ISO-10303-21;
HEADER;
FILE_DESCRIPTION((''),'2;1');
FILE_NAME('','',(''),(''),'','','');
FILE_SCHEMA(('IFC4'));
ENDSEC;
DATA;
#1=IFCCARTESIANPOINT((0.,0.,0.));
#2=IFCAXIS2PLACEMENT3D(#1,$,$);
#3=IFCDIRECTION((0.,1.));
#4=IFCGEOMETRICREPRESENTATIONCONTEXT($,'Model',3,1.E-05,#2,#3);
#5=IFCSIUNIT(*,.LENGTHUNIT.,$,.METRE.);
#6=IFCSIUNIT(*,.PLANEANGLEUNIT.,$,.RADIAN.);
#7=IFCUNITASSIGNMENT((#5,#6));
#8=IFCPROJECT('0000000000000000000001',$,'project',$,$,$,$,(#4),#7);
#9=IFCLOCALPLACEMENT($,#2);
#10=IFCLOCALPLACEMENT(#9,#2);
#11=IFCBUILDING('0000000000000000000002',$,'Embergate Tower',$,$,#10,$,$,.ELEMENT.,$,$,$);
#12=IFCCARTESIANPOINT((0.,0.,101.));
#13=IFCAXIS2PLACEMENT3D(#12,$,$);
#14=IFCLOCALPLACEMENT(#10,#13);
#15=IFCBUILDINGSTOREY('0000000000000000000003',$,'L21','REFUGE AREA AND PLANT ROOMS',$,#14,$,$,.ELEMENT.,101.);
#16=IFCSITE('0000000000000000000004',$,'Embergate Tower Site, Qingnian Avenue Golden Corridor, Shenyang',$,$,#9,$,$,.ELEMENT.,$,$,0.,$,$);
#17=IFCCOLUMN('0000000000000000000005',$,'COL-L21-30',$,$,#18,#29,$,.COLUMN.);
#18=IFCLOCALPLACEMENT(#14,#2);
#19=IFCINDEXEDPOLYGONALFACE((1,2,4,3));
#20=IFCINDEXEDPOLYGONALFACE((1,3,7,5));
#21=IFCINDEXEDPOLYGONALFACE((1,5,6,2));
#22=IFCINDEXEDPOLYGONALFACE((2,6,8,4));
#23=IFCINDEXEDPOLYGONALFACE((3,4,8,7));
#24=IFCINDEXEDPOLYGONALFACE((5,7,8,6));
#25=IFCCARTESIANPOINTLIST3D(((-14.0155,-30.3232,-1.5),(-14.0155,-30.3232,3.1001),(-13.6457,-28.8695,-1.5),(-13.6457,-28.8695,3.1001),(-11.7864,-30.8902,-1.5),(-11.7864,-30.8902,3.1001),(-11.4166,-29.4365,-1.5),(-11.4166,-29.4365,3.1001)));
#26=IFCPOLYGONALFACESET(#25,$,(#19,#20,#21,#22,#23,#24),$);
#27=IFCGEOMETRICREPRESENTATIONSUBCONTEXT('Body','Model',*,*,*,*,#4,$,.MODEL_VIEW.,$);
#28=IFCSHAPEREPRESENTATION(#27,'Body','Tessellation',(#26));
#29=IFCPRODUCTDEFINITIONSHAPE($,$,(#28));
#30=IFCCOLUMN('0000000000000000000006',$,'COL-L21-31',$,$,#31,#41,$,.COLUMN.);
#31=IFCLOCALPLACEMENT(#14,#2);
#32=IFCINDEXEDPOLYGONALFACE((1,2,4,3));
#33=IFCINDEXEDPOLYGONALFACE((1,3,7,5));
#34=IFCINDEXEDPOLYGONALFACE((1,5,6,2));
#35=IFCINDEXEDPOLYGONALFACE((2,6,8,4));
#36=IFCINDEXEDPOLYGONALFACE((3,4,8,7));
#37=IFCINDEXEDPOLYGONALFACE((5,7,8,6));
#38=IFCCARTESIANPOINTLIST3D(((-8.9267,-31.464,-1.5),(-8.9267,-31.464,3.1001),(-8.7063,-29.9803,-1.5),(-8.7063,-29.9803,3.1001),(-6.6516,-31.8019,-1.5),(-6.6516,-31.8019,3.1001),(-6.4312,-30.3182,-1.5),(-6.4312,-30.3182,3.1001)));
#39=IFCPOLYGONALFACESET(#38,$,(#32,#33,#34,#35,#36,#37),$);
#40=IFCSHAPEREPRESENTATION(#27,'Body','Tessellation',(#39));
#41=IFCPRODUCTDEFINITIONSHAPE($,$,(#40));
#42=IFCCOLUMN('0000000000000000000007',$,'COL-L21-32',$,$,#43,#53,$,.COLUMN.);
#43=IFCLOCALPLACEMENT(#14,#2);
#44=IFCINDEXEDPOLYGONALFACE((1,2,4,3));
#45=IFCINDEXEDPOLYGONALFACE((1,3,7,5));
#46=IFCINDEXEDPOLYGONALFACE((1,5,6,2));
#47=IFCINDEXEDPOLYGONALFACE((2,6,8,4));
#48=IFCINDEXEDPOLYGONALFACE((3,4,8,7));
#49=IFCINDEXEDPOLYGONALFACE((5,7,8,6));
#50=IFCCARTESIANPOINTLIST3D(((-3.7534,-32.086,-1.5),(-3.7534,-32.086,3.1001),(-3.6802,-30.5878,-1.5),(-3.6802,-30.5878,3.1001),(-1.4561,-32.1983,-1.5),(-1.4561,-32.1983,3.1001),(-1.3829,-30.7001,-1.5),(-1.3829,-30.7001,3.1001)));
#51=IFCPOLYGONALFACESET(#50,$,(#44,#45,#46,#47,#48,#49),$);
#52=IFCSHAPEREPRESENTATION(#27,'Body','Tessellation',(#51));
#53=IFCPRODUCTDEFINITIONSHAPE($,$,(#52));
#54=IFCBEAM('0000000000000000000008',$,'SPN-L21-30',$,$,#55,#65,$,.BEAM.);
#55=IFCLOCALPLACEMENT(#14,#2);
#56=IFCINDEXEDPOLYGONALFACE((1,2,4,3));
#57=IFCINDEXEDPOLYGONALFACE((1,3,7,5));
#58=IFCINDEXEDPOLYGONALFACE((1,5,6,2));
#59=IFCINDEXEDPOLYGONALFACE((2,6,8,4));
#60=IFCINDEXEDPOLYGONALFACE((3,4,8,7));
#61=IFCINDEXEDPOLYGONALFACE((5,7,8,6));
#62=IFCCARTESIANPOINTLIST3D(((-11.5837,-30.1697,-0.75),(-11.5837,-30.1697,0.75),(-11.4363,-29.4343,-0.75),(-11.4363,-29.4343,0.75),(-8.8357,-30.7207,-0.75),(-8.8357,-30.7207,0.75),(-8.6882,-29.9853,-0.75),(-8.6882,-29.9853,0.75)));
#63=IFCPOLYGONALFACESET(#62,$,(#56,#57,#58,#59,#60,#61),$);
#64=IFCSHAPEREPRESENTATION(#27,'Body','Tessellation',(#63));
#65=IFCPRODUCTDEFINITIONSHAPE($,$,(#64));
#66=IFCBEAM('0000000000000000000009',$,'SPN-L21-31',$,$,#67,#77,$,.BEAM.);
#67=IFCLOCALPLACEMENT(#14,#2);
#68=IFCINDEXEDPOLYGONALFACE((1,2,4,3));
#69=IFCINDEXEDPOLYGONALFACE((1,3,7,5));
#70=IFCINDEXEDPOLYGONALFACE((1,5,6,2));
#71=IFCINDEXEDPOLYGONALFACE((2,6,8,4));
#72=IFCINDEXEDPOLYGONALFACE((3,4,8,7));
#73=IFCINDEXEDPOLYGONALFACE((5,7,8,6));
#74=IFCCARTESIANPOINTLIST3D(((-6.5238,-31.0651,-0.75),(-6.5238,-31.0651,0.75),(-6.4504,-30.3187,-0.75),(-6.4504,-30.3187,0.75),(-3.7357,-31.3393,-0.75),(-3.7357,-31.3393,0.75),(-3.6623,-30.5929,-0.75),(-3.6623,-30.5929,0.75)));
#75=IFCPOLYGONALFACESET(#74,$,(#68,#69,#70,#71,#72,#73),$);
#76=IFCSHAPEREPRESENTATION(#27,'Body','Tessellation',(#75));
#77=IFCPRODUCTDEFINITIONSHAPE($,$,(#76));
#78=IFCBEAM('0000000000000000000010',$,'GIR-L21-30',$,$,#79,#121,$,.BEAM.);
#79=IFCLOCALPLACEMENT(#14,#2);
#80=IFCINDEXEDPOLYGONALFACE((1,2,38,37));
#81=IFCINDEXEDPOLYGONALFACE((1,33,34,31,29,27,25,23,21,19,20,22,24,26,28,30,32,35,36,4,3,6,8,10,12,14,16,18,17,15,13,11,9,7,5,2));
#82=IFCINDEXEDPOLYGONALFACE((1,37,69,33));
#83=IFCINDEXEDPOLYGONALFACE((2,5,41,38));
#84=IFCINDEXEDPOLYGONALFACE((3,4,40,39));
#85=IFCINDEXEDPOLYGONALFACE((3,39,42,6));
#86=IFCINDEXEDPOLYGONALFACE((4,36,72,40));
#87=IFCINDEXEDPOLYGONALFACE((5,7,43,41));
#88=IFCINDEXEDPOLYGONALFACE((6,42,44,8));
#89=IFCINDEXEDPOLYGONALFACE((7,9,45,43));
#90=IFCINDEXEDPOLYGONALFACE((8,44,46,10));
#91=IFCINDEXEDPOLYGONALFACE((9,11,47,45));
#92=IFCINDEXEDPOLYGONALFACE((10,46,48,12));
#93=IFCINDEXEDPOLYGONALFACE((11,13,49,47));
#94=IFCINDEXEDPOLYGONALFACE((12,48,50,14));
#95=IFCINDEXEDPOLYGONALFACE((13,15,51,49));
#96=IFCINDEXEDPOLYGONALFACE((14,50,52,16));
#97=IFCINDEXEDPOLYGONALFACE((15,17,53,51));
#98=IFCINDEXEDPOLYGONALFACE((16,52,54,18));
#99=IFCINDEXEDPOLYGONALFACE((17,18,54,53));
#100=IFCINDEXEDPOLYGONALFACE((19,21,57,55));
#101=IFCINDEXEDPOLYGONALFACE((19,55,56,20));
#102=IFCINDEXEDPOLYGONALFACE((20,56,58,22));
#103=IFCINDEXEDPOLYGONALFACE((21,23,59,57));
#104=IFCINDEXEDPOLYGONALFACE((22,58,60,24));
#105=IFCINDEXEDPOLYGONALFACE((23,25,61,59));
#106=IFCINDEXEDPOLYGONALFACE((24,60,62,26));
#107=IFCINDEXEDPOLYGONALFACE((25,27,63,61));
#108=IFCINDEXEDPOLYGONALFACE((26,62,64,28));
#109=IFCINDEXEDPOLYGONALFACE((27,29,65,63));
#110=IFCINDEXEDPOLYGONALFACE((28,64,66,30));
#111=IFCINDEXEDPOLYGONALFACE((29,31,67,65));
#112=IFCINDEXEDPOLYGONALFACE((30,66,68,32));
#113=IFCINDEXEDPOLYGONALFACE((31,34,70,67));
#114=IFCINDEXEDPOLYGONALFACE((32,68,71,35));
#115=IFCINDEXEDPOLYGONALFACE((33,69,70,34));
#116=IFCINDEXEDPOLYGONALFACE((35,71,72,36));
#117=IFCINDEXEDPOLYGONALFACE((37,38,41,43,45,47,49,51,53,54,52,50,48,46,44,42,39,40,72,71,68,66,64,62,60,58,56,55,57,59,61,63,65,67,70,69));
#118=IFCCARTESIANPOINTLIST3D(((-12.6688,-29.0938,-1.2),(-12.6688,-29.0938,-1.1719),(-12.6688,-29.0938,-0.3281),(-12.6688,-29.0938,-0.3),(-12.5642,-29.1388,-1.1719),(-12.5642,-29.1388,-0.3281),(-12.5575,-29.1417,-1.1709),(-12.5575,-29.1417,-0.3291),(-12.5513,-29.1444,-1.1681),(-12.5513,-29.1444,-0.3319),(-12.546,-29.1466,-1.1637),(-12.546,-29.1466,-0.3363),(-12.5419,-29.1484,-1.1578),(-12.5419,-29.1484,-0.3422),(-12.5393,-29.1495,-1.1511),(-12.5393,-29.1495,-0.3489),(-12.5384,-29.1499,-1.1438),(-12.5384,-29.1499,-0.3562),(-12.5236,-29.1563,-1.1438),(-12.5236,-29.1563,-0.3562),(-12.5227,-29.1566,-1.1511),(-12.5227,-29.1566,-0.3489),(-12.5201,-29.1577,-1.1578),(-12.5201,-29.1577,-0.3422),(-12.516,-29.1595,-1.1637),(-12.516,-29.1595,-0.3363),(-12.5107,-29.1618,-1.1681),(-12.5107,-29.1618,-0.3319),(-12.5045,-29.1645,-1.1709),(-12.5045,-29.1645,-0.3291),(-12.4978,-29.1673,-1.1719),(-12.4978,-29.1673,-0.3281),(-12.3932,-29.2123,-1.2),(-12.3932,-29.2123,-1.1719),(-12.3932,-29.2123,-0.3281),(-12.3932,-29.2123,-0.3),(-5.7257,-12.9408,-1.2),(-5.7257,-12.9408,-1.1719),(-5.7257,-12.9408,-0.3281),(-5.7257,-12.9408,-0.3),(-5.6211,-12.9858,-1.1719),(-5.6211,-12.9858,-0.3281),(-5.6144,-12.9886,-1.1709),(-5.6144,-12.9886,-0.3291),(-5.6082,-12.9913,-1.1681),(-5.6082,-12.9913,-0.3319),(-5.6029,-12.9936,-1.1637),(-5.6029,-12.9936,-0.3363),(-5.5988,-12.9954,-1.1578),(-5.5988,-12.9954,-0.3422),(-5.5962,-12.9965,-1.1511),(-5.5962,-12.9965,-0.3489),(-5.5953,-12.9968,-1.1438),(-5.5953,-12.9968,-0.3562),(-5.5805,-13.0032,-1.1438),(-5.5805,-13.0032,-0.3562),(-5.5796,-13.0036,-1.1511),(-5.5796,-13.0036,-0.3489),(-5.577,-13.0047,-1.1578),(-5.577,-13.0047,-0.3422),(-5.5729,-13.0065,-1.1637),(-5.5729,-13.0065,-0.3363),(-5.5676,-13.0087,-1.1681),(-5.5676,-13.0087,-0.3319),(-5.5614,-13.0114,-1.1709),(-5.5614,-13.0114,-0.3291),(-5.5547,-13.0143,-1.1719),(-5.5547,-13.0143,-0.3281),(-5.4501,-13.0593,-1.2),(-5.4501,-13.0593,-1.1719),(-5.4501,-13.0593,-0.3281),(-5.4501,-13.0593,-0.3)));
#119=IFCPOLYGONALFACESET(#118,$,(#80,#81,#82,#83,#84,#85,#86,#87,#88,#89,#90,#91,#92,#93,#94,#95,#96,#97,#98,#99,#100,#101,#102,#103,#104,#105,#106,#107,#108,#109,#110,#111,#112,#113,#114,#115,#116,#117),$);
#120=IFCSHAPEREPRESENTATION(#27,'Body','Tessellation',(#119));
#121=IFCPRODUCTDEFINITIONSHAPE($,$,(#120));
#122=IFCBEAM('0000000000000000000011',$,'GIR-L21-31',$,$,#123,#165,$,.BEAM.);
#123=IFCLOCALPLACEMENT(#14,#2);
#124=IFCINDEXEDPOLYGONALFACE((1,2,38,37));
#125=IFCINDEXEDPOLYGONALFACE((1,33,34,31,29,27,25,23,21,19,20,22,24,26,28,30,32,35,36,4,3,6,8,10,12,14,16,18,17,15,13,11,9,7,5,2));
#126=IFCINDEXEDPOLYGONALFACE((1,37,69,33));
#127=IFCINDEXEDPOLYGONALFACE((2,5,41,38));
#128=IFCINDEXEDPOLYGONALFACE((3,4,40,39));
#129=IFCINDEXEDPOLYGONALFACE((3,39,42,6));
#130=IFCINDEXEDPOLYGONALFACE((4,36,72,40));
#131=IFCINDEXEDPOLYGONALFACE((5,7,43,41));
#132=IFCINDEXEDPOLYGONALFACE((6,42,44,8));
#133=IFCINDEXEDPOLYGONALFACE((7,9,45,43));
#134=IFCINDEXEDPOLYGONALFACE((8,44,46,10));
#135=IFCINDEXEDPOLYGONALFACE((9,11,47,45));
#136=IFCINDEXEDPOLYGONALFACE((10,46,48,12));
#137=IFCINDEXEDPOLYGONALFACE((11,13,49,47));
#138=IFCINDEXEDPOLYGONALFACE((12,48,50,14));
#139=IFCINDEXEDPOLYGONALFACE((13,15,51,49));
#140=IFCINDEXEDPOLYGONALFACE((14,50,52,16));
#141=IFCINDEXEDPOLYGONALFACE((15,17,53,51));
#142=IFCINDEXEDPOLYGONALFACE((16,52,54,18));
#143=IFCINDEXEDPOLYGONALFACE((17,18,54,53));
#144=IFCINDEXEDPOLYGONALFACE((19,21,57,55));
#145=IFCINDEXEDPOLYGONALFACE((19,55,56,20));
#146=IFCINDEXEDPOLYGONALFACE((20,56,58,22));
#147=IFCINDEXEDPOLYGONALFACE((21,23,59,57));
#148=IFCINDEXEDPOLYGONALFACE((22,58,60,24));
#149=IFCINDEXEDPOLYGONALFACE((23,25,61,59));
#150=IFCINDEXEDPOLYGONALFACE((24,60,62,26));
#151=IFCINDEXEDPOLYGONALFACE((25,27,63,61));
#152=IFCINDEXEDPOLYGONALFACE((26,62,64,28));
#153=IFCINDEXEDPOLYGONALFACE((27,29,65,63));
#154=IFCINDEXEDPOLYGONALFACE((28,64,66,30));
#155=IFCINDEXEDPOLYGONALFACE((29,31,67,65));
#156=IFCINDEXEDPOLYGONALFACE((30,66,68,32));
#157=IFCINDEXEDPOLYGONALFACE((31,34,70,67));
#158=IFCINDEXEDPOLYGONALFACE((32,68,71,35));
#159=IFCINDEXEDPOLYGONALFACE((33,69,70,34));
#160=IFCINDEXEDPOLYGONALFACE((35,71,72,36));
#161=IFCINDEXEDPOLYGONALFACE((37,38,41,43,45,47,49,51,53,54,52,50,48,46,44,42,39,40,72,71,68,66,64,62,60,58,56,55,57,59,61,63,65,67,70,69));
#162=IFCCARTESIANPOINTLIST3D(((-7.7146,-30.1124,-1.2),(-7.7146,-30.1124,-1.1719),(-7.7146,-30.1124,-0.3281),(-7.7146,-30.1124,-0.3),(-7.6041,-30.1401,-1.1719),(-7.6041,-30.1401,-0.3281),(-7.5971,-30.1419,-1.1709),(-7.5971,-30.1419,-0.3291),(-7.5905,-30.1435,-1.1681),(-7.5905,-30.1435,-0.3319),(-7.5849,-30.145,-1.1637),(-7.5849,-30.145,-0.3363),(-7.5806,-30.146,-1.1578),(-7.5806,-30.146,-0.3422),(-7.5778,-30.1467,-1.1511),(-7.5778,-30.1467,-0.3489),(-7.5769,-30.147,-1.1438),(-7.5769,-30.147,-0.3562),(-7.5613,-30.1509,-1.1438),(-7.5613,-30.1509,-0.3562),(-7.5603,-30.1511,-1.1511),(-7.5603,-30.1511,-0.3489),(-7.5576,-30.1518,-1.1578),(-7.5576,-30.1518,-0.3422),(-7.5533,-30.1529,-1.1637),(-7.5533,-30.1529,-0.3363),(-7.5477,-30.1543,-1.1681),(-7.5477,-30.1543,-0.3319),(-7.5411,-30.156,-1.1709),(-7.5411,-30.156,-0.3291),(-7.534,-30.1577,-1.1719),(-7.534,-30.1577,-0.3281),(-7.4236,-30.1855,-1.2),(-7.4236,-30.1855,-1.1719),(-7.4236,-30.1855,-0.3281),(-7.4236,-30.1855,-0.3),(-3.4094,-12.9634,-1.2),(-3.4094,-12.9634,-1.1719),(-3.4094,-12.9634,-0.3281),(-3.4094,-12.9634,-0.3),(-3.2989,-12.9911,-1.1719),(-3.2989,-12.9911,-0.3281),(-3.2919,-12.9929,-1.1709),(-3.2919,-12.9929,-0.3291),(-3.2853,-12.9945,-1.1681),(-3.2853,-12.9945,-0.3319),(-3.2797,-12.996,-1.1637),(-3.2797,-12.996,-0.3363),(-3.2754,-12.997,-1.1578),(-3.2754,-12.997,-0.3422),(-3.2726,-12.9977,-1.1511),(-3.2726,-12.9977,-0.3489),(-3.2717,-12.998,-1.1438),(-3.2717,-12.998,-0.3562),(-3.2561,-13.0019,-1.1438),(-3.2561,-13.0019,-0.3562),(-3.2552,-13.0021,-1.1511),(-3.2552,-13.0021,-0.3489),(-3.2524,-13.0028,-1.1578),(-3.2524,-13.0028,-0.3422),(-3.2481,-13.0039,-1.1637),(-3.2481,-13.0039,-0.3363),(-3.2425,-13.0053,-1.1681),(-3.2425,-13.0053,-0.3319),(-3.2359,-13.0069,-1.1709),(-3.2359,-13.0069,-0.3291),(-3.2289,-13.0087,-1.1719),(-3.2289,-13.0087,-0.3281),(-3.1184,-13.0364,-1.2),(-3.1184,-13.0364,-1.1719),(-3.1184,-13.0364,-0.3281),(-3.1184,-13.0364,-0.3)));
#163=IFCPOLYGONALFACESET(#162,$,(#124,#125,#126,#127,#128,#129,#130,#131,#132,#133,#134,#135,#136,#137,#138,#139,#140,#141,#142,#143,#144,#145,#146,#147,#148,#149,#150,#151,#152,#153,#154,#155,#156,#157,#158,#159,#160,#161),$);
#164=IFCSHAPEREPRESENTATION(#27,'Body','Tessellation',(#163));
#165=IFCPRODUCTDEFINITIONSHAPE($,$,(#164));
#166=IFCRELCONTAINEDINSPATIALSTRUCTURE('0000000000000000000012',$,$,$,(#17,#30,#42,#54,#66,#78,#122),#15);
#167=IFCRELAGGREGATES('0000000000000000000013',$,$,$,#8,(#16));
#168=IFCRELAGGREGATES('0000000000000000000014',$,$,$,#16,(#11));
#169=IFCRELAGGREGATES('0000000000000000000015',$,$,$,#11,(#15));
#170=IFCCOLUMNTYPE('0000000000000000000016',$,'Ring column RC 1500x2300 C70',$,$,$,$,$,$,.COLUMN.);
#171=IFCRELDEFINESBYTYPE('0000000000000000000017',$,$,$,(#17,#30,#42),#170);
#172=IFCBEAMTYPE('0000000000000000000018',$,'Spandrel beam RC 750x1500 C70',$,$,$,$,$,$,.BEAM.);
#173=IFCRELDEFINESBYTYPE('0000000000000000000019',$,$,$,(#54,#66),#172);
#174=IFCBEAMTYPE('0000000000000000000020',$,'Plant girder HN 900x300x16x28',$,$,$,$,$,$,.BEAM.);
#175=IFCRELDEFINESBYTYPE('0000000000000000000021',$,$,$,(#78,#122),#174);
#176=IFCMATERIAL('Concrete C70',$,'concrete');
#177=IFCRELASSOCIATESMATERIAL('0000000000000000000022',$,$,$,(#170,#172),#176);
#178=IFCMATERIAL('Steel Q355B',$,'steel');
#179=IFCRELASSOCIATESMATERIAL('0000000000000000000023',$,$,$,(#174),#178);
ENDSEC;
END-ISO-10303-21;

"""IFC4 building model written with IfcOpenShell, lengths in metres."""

from ifc_helpers import new_model, si_unit, direction, frame, origin, origin_2d, place, context, subcontext, project, spatial, rectangle, i_section, extrude, source, transform, mapped, material, material_profile, profile_set, type_object, element, save


model = new_model("IFC4")

# Units and contexts
model_context = context("Model", 3, precision=1e-05, world=origin(), true_north=direction((0.0, 1.0)))
body_context = subcontext(model_context, "Body", "Model", "MODEL_VIEW")
ifc_project = project(units=[si_unit("LENGTHUNIT", "METRE"), si_unit("PLANEANGLEUNIT", "RADIAN")], contexts=[model_context])

# Site, building, storey
site_placement = place(None, origin())
site = spatial("IfcSite", under=ifc_project, at=site_placement, Name="Embergate Tower Site, Qingnian Avenue Golden Corridor, Shenyang", CompositionType="ELEMENT", RefElevation=0.0)
building_placement = place(site_placement, origin())
building = spatial("IfcBuilding", under=site, at=building_placement, Name="Embergate Tower", CompositionType="ELEMENT")
storey_placement = place(building_placement, frame((0.0, 0.0, 101.0)))
storey = spatial("IfcBuildingStorey", under=building, at=storey_placement, Name="L21", Description="REFUGE AREA AND PLANT ROOMS", CompositionType="ELEMENT", Elevation=101.0)

# Columns
ifc_material_1 = material(Name="Concrete C70", Category="concrete")
ifc_material_profile_1 = material_profile(ifc_material_1, rectangle(XDim=1.5, YDim=2.3, at=origin_2d()), Name="RC 1500x2300")
ifc_profile_set_1 = profile_set([ifc_material_profile_1], Name="Concrete C70")
column_type = type_object("IfcColumnType", Name="Ring column RC 1500x2300 C70", PredefinedType="COLUMN", material=ifc_profile_set_1)
shared_shape_1 = source(origin(), body_context, "Body", "SweptSolid", [
    extrude(rectangle(XDim=1.5, YDim=2.3, at=origin_2d()), origin(), (0.0, 0.0, 1.0), 4.6001),
])
for number, where, z_axis, x_axis, name in (
    (1, (-12.7161, -29.8799, -1.5), (0.0, 0.0, 1.0), (-0.246509, -0.969141, 0.0), "COL-L21-30"),
    (2, (-7.679, -30.8911, -1.5), (0.0, 0.0, 1.0), (-0.146929, -0.989147, 0.0), "COL-L21-31"),
    (3, (-2.5681, -31.3931, -1.5), (0.0, 0.0, 1.0), (-0.048815, -0.998808, 0.0), "COL-L21-32"),
):
    element("IfcColumn", number, at=place(storey_placement, frame(where, z_axis=z_axis, x_axis=x_axis)), inside=storey, type_object=column_type, Name=name, PredefinedType="COLUMN", context=body_context, shape_type="MappedRepresentation", body=[
        mapped(shared_shape_1, transform((0.0, 0.0, 0.0))),
    ])

# Beams
ifc_material_profile_2 = material_profile(ifc_material_1, rectangle(XDim=0.75, YDim=1.5, at=origin_2d()), Name="RC 750x1500")
ifc_profile_set_2 = profile_set([ifc_material_profile_2], Name="Concrete C70")
beam_type_1 = type_object("IfcBeamType", Name="Spandrel beam RC 750x1500 C70", PredefinedType="BEAM", material=ifc_profile_set_2)
shared_shape_2 = source(origin(), body_context, "Body", "SweptSolid", [
    extrude(rectangle(XDim=0.75, YDim=1.5, at=origin_2d()), origin(), (0.0, 0.0, 1.0), 2.8027),
])
beam_1_placement = place(storey_placement, frame((-11.51, -29.802, 0.0), z_axis=(0.980483, -0.196602, 0.0), x_axis=(0.196602, 0.980483, 0.0)))
element("IfcBeam", 4, at=beam_1_placement, inside=storey, type_object=beam_type_1, Name="SPN-L21-30", PredefinedType="BEAM", context=body_context, shape_type="MappedRepresentation", body=[
    mapped(shared_shape_2, transform((0.0, 0.0, 0.0))),
])
shared_shape_3 = source(origin(), body_context, "Body", "SweptSolid", [
    extrude(rectangle(XDim=0.75, YDim=1.5, at=origin_2d()), origin(), (0.0, 0.0, 1.0), 2.8015),
])
beam_2_placement = place(storey_placement, frame((-6.4871, -30.6919, 0.0), z_axis=(0.9952, -0.097864, 0.0), x_axis=(0.097864, 0.9952, 0.0)))
element("IfcBeam", 5, at=beam_2_placement, inside=storey, type_object=beam_type_1, Name="SPN-L21-31", PredefinedType="BEAM", context=body_context, shape_type="MappedRepresentation", body=[
    mapped(shared_shape_3, transform((0.0, 0.0, 0.0))),
])
ifc_material_2 = material(Name="Steel Q355B", Category="steel")
ifc_material_profile_3 = material_profile(ifc_material_2, i_section(OverallWidth=0.3, OverallDepth=0.8999, WebThickness=0.0161, FlangeThickness=0.0281, FilletRadius=0.0281, at=origin_2d()), Name="HN 900x300x16x28")
ifc_profile_set_3 = profile_set([ifc_material_profile_3], Name="Steel Q355 grade B")
beam_type_2 = type_object("IfcBeamType", Name="Plant girder HN 900x300x16x28", PredefinedType="BEAM", material=ifc_profile_set_3)
shared_shape_4 = source(origin(), body_context, "Body", "SweptSolid", [
    extrude(i_section(OverallWidth=0.3, OverallDepth=0.8999, WebThickness=0.0161, FlangeThickness=0.0281, FilletRadius=0.0281, at=origin_2d()), origin(), (0.0, 0.0, 1.0), 17.582),
])
beam_3_placement = place(storey_placement, frame((-12.531, -29.1531, -0.75), z_axis=(0.394898, 0.918725, 0.0), x_axis=(-0.918725, 0.394898, 0.0)))
element("IfcBeam", 6, at=beam_3_placement, inside=storey, type_object=beam_type_2, Name="GIR-L21-30", PredefinedType="BEAM", context=body_context, shape_type="MappedRepresentation", body=[
    mapped(shared_shape_4, transform((0.0, 0.0, 0.0))),
])
shared_shape_5 = source(origin(), body_context, "Body", "SweptSolid", [
    extrude(i_section(OverallWidth=0.3, OverallDepth=0.8999, WebThickness=0.0161, FlangeThickness=0.0281, FilletRadius=0.0281, at=origin_2d()), origin(), (0.0, 0.0, 1.0), 17.6812),
])
beam_4_placement = place(storey_placement, frame((-7.5691, -30.1489, -0.75), z_axis=(0.243491, 0.969903, 0.0), x_axis=(-0.969903, 0.243491, 0.0)))
element("IfcBeam", 7, at=beam_4_placement, inside=storey, type_object=beam_type_2, Name="GIR-L21-31", PredefinedType="BEAM", context=body_context, shape_type="MappedRepresentation", body=[
    mapped(shared_shape_5, transform((0.0, 0.0, 0.0))),
])

save(model, "model.ifc")
